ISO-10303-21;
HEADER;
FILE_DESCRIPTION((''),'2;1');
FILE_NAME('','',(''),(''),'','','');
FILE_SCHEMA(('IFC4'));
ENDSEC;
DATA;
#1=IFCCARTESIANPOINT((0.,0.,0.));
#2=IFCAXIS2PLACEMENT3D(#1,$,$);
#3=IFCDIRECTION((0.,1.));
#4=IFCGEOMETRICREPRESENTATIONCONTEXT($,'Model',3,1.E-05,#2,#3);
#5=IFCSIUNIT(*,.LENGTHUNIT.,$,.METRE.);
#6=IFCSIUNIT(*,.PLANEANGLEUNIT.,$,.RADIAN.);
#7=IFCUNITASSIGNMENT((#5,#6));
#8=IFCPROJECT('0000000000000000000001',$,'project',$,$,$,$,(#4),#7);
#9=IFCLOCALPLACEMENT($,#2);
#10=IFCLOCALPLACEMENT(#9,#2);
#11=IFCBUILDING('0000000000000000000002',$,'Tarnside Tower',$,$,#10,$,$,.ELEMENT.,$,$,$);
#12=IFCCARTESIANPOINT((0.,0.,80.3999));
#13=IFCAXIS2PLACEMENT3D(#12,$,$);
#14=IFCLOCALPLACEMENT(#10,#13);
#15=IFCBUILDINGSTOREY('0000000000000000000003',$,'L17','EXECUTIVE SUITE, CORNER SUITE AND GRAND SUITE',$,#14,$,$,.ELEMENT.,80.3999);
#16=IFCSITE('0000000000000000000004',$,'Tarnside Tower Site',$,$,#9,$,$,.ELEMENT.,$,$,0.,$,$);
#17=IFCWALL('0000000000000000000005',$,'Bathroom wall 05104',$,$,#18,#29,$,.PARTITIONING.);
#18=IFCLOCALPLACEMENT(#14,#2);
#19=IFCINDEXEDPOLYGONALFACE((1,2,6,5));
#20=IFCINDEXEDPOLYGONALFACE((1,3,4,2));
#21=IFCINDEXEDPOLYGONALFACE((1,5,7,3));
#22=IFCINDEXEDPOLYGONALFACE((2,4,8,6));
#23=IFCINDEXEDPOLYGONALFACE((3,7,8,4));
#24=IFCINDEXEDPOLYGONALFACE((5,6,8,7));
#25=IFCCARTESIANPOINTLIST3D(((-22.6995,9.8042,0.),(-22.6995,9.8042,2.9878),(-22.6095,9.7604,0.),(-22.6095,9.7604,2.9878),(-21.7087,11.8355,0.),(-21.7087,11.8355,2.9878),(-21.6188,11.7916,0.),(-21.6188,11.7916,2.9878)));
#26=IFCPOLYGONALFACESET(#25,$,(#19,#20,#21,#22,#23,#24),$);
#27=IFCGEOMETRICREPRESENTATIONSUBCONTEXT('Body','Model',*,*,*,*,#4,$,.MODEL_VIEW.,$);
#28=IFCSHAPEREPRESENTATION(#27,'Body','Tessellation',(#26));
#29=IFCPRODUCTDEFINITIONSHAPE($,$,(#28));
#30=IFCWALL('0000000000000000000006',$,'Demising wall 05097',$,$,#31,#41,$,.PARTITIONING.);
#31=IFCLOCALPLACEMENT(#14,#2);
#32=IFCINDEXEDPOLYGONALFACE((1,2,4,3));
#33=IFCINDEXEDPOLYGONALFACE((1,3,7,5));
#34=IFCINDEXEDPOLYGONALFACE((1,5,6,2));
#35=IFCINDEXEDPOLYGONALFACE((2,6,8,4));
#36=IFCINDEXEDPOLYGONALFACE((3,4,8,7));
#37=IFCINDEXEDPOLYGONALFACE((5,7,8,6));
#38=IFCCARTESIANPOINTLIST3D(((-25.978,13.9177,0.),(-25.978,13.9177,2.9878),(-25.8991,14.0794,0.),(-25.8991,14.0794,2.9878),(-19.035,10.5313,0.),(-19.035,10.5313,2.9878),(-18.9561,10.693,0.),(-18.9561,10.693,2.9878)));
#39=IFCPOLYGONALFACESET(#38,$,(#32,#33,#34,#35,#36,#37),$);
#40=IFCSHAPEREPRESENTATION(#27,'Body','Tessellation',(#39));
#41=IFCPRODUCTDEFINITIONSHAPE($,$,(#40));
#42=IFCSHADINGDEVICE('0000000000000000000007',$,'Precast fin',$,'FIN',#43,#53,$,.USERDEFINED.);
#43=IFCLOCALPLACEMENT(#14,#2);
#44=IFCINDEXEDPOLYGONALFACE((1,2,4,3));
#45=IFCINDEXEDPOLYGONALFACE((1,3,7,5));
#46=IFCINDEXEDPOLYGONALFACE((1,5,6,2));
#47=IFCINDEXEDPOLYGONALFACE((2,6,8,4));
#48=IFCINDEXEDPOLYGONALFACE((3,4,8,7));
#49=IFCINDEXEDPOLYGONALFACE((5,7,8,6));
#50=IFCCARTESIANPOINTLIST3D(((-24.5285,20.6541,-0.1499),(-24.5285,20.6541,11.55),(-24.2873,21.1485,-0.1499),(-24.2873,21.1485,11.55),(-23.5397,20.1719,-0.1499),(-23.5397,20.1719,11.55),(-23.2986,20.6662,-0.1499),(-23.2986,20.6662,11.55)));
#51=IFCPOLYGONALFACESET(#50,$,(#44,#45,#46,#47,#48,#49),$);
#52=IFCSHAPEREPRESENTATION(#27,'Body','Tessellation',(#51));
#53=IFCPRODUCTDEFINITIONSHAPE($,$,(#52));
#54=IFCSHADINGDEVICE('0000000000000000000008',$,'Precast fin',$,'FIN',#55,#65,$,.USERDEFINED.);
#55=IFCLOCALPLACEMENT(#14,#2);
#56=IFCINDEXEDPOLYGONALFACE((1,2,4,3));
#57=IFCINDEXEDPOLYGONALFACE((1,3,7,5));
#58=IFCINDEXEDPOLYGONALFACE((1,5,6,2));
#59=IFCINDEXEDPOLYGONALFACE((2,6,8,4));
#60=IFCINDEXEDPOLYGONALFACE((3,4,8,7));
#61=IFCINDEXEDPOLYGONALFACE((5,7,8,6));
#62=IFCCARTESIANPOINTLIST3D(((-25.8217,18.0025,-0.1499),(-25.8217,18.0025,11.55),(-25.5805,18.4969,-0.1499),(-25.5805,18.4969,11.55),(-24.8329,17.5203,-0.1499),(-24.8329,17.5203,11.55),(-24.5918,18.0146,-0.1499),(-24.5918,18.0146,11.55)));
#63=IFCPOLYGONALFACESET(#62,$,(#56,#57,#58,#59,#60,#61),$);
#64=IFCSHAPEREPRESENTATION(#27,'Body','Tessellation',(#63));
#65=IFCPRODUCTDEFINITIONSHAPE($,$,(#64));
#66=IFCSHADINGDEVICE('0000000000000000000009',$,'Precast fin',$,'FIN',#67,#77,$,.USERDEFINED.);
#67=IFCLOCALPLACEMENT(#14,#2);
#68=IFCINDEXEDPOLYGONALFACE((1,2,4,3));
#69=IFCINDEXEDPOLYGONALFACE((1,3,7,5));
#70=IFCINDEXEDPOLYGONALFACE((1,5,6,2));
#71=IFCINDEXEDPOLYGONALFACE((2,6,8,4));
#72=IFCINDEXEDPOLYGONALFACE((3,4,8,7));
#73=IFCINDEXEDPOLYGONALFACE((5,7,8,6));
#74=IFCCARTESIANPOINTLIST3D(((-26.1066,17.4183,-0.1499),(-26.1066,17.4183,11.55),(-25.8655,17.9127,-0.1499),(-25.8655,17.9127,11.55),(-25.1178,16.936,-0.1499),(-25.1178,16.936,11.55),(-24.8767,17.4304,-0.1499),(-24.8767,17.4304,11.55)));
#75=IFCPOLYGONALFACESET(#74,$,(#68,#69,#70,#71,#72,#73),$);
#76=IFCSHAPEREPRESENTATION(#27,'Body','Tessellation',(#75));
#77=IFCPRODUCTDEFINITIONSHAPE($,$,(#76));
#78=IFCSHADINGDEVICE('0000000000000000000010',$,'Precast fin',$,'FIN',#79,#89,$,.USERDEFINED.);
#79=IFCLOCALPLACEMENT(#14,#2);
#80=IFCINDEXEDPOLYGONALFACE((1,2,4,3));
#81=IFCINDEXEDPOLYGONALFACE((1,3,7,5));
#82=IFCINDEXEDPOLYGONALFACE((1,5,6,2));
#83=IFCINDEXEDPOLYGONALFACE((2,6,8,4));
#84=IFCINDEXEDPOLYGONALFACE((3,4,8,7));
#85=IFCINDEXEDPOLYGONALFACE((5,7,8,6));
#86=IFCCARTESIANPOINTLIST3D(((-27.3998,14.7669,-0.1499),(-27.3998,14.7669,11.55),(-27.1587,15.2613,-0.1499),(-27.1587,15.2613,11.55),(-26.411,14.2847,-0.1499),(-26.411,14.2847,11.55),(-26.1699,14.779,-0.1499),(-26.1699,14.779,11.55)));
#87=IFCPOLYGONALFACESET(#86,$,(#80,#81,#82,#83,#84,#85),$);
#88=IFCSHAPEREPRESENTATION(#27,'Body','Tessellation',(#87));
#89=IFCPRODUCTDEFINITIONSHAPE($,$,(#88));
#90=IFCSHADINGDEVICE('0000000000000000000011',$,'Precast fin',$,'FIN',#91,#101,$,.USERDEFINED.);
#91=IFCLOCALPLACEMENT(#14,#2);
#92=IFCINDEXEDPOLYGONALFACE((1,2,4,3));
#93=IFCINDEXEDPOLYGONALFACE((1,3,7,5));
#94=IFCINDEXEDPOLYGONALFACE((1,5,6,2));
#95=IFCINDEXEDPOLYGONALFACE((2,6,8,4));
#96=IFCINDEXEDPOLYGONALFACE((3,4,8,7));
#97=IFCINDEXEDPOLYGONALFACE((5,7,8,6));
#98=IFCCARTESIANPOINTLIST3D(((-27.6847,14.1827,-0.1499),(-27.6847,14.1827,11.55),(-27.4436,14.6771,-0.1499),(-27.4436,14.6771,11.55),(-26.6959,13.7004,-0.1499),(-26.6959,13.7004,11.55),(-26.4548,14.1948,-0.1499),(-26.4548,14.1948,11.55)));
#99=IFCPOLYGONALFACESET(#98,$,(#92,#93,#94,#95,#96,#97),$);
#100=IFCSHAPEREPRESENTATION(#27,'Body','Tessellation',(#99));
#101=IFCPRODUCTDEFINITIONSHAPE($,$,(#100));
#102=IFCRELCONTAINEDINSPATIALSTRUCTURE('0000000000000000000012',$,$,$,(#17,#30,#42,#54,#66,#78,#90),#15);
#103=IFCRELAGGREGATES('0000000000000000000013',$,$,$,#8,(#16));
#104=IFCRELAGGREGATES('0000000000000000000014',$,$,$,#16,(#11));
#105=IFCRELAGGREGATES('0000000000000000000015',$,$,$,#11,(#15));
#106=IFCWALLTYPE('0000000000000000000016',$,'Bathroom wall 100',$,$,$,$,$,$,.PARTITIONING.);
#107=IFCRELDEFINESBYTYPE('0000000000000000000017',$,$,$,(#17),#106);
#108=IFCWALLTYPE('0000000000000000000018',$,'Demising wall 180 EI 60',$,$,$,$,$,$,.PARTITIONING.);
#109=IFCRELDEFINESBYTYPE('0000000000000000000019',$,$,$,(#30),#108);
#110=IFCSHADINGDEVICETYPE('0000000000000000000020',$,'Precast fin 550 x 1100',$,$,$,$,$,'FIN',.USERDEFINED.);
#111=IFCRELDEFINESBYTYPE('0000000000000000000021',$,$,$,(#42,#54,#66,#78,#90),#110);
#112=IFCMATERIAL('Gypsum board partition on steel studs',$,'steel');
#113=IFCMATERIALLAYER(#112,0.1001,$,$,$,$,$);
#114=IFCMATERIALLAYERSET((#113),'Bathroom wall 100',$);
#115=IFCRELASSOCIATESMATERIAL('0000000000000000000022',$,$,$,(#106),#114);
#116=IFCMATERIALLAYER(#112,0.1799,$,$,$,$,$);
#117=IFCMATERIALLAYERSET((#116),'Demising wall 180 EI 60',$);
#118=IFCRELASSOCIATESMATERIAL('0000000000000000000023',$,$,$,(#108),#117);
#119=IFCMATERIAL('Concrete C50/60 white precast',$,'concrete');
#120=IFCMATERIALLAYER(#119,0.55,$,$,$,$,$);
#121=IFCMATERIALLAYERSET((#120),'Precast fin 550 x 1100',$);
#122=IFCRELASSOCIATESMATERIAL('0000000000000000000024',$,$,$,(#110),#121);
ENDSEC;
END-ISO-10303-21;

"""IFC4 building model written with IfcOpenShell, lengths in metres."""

from ifc_helpers import new_model, si_unit, direction, frame, frame_2d, origin, place, context, subcontext, project, spatial, polyline, rectangle, outline, extrude, material, layer, layer_set, type_object, element, save


model = new_model("IFC4")

# Units and contexts
model_context = context("Model", 3, precision=1e-05, world=origin(), true_north=direction((0.0, 1.0)))
body_context = subcontext(model_context, "Body", "Model", "MODEL_VIEW")
ifc_project = project(units=[si_unit("LENGTHUNIT", "METRE"), si_unit("PLANEANGLEUNIT", "RADIAN")], contexts=[model_context])

# Site, building, storey
site_placement = place(None, origin())
site = spatial("IfcSite", under=ifc_project, at=site_placement, Name="Tarnside Tower Site", CompositionType="ELEMENT", RefElevation=0.0)
building_placement = place(site_placement, origin())
building = spatial("IfcBuilding", under=site, at=building_placement, Name="Tarnside Tower", CompositionType="ELEMENT")
storey_placement = place(building_placement, frame((0.0, 0.0, 80.3999)))
storey = spatial("IfcBuildingStorey", under=building, at=storey_placement, Name="L17", Description="EXECUTIVE SUITE, CORNER SUITE AND GRAND SUITE", CompositionType="ELEMENT", Elevation=80.3999)

# Shared definitions
ifc_material_1 = material(Name="Gypsum board partition on steel studs", Category="steel")
ifc_layer_1 = layer(ifc_material_1, 0.1001)
ifc_layer_set_1 = layer_set([ifc_layer_1], Name="Bathroom wall 100")
wall_type_1 = type_object("IfcWallType", Name="Bathroom wall 100", PredefinedType="PARTITIONING", material=ifc_layer_set_1)

# Walls
wall_1_placement = place(storey_placement, frame((-21.6638, 11.8135, 0.0), z_axis=(0.0, 0.0, 1.0), x_axis=(-0.438377, -0.898791, 0.0)))
element("IfcWall", 1, at=wall_1_placement, inside=storey, type_object=wall_type_1, Name="Bathroom wall 05104", PredefinedType="PARTITIONING", context=body_context, shape_type="SweptSolid", body=[
    extrude(rectangle(XDim=2.26, YDim=0.1001, at=frame_2d((1.1299, 0.0))), origin(), (0.0, 0.0, 1.0), 2.9878),
])
ifc_layer_2 = layer(ifc_material_1, 0.1799)
ifc_layer_set_2 = layer_set([ifc_layer_2], Name="Demising wall 180 EI 60")
wall_type_2 = type_object("IfcWallType", Name="Demising wall 180 EI 60", PredefinedType="PARTITIONING", material=ifc_layer_set_2)
wall_2_placement = place(storey_placement, frame((-25.9385, 13.9985, 0.0), z_axis=(0.0, 0.0, 1.0), x_axis=(0.898789, -0.438381, 0.0)))
element("IfcWall", 2, at=wall_2_placement, inside=storey, type_object=wall_type_2, Name="Demising wall 05097", PredefinedType="PARTITIONING", context=body_context, shape_type="SweptSolid", body=[
    extrude(rectangle(XDim=7.7249, YDim=0.1799, at=frame_2d((3.8623, 0.0))), origin(), (0.0, 0.0, 1.0), 2.9878),
])

# Shading devices
ifc_material_2 = material(Name="Concrete C50/60 white precast", Category="concrete")
ifc_layer_3 = layer(ifc_material_2, 0.55)
ifc_layer_set_3 = layer_set([ifc_layer_3], Name="Precast fin 550 x 1100")
shading_device_type = type_object("IfcShadingDeviceType", Name="Precast fin 550 x 1100", ElementType="FIN", PredefinedType="USERDEFINED", material=ifc_layer_set_3)
for number, where, z_axis, x_axis, name in (
    (3, (-23.4192, 20.4189, -0.1499), (0.438371, 0.898794, 0.0), (-0.898794, 0.438371, 0.0), "Precast fin"),
    (4, (-24.7124, 17.7673, -0.1499), (0.438371, 0.898794, 0.0), (-0.898794, 0.438371, 0.0), "Precast fin"),
    (5, (-24.9973, 17.1831, -0.1499), (0.438371, 0.898794, 0.0), (-0.898794, 0.438371, 0.0), "Precast fin"),
    (6, (-26.2905, 14.5317, -0.1499), (0.438371, 0.898794, 0.0), (-0.898794, 0.438371, 0.0), "Precast fin"),
    (7, (-26.5754, 13.9475, -0.1499), (0.438371, 0.898794, 0.0), (-0.898794, 0.438371, 0.0), "Precast fin"),
):
    element("IfcShadingDevice", number, at=place(storey_placement, frame(where, z_axis=z_axis, x_axis=x_axis)), inside=storey, type_object=shading_device_type, Name=name, ObjectType="FIN", PredefinedType="USERDEFINED", context=body_context, shape_type="SweptSolid", body=[
        extrude(outline(polyline([(0.0, 0.0), (1.1001, 0.0), (1.1001, 11.7), (0.0, 11.7), (0.0, 0.0)])), frame((0.0, 0.0, -0.2749)), (0.0, 0.0, 1.0), 0.55),
    ])

save(model, "model.ifc")
